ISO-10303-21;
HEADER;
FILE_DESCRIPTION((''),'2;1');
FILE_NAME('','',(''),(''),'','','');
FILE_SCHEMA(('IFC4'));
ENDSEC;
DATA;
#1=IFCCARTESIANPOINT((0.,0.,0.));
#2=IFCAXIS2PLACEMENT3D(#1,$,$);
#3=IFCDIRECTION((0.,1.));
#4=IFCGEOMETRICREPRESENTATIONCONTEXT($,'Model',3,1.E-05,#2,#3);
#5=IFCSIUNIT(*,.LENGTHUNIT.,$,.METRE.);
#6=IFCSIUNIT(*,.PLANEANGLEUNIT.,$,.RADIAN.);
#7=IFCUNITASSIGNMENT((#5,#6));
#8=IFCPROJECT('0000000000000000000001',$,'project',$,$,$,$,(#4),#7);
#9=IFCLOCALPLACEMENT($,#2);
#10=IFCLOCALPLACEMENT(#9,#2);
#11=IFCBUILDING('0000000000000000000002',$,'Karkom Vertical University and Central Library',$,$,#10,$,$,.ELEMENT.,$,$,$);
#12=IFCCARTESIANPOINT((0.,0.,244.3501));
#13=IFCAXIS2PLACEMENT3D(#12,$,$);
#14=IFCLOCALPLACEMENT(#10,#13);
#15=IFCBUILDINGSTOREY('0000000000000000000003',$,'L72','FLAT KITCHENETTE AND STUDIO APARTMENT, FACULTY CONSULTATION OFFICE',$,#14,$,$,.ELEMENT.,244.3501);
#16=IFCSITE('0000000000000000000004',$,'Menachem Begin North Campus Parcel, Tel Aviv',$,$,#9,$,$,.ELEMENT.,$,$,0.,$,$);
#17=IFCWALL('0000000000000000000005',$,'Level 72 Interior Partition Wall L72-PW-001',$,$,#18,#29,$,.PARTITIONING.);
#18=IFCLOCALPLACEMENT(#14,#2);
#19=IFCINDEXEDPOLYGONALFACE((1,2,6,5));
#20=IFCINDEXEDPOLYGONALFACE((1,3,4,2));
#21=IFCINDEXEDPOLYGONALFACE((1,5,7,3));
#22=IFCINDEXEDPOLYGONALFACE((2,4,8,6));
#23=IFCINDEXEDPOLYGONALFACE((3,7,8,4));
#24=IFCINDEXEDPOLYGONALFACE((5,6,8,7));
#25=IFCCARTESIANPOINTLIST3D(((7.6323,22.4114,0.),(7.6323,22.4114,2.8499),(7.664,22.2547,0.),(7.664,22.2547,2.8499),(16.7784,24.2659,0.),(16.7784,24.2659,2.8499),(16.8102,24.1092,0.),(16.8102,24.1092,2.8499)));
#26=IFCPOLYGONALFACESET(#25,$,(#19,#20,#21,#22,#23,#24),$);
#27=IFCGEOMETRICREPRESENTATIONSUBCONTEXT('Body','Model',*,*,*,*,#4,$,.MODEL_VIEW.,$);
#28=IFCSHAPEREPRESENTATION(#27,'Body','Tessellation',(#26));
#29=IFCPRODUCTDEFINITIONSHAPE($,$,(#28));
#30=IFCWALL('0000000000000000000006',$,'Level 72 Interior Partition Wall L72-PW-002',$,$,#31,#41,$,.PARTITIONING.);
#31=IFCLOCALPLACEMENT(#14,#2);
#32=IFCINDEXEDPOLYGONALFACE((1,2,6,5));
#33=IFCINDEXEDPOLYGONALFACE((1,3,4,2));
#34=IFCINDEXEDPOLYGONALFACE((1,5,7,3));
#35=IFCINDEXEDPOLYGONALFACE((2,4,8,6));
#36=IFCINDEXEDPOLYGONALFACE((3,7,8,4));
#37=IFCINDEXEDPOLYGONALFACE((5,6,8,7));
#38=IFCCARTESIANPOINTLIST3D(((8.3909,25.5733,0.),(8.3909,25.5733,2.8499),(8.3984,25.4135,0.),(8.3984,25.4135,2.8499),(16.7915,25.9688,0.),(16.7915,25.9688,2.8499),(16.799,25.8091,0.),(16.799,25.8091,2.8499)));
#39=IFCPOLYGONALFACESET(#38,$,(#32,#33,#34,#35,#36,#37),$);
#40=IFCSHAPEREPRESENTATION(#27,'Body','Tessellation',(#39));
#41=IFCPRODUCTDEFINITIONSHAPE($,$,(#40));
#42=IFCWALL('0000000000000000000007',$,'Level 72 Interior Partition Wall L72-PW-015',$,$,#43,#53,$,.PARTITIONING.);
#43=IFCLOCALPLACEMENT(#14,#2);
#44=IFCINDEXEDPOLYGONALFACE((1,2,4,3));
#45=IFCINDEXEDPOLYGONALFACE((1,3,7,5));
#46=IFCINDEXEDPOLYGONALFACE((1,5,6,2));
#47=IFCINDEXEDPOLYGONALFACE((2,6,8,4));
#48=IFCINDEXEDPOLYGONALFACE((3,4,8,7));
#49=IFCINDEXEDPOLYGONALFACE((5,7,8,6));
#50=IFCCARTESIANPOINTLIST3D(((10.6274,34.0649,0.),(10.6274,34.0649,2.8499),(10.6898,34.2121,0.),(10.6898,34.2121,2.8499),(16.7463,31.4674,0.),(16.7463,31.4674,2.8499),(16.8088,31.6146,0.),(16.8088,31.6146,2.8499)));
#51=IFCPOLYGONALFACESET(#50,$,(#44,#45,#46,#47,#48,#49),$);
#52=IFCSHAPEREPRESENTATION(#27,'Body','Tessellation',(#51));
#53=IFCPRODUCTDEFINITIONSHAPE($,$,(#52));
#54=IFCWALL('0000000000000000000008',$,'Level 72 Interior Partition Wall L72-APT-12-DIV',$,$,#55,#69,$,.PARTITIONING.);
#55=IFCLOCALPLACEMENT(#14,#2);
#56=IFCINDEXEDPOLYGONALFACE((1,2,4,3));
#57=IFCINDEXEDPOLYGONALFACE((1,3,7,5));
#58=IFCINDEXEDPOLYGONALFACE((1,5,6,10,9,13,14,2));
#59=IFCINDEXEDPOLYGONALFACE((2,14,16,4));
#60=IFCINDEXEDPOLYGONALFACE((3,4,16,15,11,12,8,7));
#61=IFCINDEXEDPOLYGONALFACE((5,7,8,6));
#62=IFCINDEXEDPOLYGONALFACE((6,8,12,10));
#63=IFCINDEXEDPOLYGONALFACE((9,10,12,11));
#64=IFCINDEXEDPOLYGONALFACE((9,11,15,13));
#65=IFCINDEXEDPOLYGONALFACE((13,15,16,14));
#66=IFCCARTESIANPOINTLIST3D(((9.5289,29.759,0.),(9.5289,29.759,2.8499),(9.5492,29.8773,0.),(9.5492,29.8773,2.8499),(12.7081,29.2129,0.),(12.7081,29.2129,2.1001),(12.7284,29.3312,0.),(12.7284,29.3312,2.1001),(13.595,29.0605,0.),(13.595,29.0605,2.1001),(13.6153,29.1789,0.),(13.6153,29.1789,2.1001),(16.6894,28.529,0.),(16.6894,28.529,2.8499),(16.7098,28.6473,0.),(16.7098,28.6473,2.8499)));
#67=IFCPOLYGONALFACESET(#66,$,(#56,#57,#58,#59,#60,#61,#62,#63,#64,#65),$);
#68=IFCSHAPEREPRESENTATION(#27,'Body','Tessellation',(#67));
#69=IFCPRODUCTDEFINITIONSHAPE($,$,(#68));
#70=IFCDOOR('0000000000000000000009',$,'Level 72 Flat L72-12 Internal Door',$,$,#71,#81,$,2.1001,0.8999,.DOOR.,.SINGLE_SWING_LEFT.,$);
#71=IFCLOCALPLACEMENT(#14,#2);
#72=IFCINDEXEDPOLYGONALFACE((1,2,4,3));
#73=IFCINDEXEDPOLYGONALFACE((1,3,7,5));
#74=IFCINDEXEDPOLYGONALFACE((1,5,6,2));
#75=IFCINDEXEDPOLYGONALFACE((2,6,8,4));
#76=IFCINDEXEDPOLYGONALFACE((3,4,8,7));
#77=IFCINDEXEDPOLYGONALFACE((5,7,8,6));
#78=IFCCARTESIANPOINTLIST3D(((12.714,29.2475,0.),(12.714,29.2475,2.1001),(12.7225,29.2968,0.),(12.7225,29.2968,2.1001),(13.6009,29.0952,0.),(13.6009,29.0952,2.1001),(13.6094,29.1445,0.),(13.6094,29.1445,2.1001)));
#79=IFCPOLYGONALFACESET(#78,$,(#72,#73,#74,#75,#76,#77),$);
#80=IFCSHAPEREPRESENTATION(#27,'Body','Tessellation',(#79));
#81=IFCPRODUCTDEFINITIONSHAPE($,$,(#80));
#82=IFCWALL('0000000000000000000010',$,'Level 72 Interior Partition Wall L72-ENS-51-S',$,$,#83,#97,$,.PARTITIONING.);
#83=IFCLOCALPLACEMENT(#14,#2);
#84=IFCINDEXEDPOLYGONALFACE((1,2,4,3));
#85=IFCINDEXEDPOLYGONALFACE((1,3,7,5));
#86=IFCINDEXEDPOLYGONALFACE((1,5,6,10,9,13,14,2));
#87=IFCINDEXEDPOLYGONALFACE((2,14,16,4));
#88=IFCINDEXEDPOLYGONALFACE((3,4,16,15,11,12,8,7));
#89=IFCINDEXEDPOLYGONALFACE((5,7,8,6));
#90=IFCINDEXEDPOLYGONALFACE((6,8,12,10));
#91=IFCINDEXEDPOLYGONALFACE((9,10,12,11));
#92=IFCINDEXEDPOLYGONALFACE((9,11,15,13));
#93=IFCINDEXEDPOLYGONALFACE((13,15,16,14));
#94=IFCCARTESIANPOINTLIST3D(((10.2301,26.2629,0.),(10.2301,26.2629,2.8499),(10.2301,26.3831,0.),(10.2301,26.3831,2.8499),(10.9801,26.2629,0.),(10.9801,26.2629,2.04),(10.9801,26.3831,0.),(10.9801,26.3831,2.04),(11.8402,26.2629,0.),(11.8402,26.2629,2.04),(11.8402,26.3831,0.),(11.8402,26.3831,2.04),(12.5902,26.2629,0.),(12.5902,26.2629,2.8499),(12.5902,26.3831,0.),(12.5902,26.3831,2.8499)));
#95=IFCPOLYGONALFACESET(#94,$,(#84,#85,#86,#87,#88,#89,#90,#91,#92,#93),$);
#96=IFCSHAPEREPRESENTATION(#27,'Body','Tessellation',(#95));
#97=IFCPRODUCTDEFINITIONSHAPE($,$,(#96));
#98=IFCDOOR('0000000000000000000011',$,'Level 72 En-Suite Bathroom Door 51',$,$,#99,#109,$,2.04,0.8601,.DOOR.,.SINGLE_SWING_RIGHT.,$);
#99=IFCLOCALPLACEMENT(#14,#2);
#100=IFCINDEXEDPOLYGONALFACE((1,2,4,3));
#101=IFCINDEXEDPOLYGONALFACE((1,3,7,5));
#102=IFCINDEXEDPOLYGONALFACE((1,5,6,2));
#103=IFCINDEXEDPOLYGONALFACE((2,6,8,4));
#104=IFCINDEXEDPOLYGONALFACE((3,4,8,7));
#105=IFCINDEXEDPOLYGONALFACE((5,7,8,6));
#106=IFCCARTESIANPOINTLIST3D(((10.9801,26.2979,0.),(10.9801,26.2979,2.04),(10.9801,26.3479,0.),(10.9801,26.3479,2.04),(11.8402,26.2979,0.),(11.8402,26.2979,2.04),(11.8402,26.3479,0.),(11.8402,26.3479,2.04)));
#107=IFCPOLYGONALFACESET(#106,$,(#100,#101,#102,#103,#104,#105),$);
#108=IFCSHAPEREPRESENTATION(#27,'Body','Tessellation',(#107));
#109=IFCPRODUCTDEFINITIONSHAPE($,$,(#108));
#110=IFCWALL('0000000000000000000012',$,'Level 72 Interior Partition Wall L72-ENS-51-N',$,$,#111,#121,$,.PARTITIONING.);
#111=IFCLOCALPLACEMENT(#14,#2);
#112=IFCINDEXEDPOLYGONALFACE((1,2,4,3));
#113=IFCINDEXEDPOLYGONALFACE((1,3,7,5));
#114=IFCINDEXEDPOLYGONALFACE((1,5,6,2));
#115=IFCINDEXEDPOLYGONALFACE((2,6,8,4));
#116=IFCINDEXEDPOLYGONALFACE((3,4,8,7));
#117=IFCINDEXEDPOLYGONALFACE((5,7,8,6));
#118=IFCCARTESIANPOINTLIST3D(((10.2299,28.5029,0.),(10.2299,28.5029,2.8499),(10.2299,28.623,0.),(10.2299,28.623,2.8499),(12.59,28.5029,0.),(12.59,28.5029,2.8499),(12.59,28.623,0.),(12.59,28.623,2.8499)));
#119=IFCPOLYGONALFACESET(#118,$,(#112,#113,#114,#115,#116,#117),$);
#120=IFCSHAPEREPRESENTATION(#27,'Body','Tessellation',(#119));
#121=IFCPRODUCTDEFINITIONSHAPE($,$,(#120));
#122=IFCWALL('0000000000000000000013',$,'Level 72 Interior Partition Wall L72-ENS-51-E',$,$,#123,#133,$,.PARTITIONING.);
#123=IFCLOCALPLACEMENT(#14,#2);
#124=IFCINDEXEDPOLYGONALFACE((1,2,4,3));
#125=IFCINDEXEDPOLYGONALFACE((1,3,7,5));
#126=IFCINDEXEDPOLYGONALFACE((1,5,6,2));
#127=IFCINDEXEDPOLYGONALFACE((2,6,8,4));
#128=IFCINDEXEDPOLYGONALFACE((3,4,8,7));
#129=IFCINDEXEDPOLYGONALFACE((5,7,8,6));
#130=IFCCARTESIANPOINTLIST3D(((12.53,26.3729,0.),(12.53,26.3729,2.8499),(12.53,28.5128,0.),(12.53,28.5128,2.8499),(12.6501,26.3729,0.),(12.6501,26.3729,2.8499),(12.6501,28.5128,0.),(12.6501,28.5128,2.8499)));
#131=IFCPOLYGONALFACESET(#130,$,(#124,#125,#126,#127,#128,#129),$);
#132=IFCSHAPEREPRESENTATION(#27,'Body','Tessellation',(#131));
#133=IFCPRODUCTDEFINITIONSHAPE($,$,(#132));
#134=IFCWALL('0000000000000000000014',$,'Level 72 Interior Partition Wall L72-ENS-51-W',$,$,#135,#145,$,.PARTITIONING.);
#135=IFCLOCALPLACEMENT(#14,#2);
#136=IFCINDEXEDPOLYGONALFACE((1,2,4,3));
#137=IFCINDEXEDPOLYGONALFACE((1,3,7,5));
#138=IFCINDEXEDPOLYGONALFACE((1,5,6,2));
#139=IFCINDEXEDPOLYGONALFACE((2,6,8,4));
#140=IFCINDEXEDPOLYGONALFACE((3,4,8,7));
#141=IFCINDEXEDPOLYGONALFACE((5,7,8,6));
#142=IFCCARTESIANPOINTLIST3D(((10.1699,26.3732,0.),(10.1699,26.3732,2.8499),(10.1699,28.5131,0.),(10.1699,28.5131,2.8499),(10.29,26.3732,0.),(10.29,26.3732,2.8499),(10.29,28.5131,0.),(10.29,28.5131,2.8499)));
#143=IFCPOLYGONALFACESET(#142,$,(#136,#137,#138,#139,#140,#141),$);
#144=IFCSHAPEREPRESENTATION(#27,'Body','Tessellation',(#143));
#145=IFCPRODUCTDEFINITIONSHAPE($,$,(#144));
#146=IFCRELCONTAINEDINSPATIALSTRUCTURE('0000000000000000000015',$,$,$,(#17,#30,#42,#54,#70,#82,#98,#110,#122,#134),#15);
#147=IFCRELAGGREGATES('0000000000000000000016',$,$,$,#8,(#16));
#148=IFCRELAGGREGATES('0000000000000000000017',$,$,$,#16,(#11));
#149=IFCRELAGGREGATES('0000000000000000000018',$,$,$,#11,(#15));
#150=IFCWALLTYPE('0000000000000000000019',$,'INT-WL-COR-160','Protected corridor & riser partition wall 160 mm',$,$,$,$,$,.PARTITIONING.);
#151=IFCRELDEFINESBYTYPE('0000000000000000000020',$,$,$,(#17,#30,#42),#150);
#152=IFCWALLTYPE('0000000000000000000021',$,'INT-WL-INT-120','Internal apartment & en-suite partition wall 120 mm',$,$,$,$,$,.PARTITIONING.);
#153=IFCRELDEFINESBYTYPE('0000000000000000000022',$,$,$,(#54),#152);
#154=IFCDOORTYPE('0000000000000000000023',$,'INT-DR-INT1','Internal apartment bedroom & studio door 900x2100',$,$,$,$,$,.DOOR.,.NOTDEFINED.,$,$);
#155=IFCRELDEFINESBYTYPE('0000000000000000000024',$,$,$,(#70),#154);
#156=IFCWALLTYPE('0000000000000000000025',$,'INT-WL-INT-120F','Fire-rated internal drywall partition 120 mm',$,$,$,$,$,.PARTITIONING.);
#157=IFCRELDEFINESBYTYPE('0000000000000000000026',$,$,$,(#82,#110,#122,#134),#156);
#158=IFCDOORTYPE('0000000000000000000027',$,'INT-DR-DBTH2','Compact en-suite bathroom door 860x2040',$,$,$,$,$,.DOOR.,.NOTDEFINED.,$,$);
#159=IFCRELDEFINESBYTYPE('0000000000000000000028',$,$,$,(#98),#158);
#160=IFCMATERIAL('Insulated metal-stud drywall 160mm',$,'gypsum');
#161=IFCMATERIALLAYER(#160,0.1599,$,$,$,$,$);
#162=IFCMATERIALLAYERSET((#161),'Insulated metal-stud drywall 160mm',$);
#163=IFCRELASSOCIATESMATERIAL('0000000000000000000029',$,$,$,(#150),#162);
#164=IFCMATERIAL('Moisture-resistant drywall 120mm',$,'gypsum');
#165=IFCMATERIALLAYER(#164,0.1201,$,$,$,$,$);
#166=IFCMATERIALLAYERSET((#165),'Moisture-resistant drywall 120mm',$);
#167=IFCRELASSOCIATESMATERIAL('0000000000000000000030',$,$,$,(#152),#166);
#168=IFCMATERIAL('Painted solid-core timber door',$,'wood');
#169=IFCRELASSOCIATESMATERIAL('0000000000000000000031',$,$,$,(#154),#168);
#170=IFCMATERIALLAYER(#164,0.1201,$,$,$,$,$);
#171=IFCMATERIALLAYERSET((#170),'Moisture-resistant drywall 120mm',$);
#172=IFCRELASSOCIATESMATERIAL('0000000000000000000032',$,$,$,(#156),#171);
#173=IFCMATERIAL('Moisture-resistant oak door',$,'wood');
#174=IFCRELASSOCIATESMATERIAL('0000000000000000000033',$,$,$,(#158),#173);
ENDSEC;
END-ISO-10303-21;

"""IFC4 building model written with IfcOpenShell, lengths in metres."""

from ifc_helpers import new_model, si_unit, direction, frame, frame_2d, origin, origin_with_axes, place, context, subcontext, project, spatial, rectangle, extrude, source, transform, mapped, material, layer, layer_set, type_object, element, fill, save


model = new_model("IFC4")

# Units and contexts
model_context = context("Model", 3, precision=1e-05, world=origin(), true_north=direction((0.0, 1.0)))
body_context = subcontext(model_context, "Body", "Model", "MODEL_VIEW")
ifc_project = project(units=[si_unit("LENGTHUNIT", "METRE"), si_unit("PLANEANGLEUNIT", "RADIAN")], contexts=[model_context])

# Site, building, storey
site_placement = place(None, origin())
site = spatial("IfcSite", under=ifc_project, at=site_placement, Name="Menachem Begin North Campus Parcel, Tel Aviv", CompositionType="ELEMENT", RefElevation=0.0)
building_placement = place(site_placement, origin())
building = spatial("IfcBuilding", under=site, at=building_placement, Name="Karkom Vertical University and Central Library", CompositionType="ELEMENT")
storey_placement = place(building_placement, frame((0.0, 0.0, 244.3501)))
storey = spatial("IfcBuildingStorey", under=building, at=storey_placement, Name="L72", Description="FLAT KITCHENETTE AND STUDIO APARTMENT, FACULTY CONSULTATION OFFICE", CompositionType="ELEMENT", Elevation=244.3501)

# Walls
ifc_material_1 = material(Name="Insulated metal-stud drywall 160mm", Category="gypsum")
ifc_layer_1 = layer(ifc_material_1, 0.1599)
ifc_layer_set_1 = layer_set([ifc_layer_1], Name="Insulated metal-stud drywall 160mm")
wall_type_1 = type_object("IfcWallType", Name="INT-WL-COR-160", Description="Protected corridor & riser partition wall 160 mm", PredefinedType="PARTITIONING", material=ifc_layer_set_1)
wall_1_placement = place(storey_placement, frame((16.7942, 24.1875, 0.0), z_axis=(0.0, 0.0, 1.0), x_axis=(-0.980057, -0.198716, 0.0)))
element("IfcWall", 1, at=wall_1_placement, inside=storey, type_object=wall_type_1, Name="Level 72 Interior Partition Wall L72-PW-001", PredefinedType="PARTITIONING", context=body_context, shape_type="SweptSolid", body=[
    extrude(rectangle(XDim=9.3323, YDim=0.1599, at=frame_2d((4.666, 0.0))), origin(), (0.0, 0.0, 1.0), 2.8499),
])
wall_2_placement = place(storey_placement, frame((8.3945, 25.4934, 0.0), z_axis=(0.0, 0.0, 1.0), x_axis=(0.998894, 0.047029, 0.0)))
element("IfcWall", 2, at=wall_2_placement, inside=storey, type_object=wall_type_1, Name="Level 72 Interior Partition Wall L72-PW-002", PredefinedType="PARTITIONING", context=body_context, shape_type="SweptSolid", body=[
    extrude(rectangle(XDim=8.4099, YDim=0.1599, at=frame_2d((4.2051, 0.0))), origin(), (0.0, 0.0, 1.0), 2.8499),
])
wall_3_placement = place(storey_placement, frame((16.7776, 31.541, 0.0), z_axis=(0.0, 0.0, 1.0), x_axis=(-0.9205, 0.390743, 0.0)))
element("IfcWall", 3, at=wall_3_placement, inside=storey, type_object=wall_type_1, Name="Level 72 Interior Partition Wall L72-PW-015", PredefinedType="PARTITIONING", context=body_context, shape_type="SweptSolid", body=[
    extrude(rectangle(XDim=6.6475, YDim=0.1599, at=frame_2d((3.3237, 0.0))), origin(), (0.0, 0.0, 1.0), 2.8499),
])

# Walls, openings, doors
ifc_material_2 = material(Name="Moisture-resistant drywall 120mm", Category="gypsum")
ifc_layer_2 = layer(ifc_material_2, 0.1201)
ifc_layer_set_2 = layer_set([ifc_layer_2], Name="Moisture-resistant drywall 120mm")
wall_type_2 = type_object("IfcWallType", Name="INT-WL-INT-120", Description="Internal apartment & en-suite partition wall 120 mm", PredefinedType="PARTITIONING", material=ifc_layer_set_2)
wall_4_placement = place(storey_placement, frame((16.6997, 28.5881, 0.0), z_axis=(0.0, 0.0, 1.0), x_axis=(-0.985565, 0.169296, 0.0)))
wall_4 = element("IfcWall", 4, at=wall_4_placement, inside=storey, type_object=wall_type_2, Name="Level 72 Interior Partition Wall L72-APT-12-DIV", PredefinedType="PARTITIONING", context=body_context, shape_type="SweptSolid", body=[
    extrude(rectangle(XDim=7.2654, YDim=0.1201, at=frame_2d((3.6328, 0.0))), origin(), (0.0, 0.0, 1.0), 2.8499),
])
opening_1_placement = place(wall_4_placement, frame((3.1399, 0.0, 0.0)))
opening_1 = element("IfcOpeningElement", 5, at=opening_1_placement, cuts=wall_4, PredefinedType="OPENING", context=body_context, shape_type="SweptSolid", body=[
    extrude(rectangle(XDim=0.8999, YDim=2.1001, at=frame_2d((0.45, 1.05))), frame((0.0, 0.0701, 0.0), z_axis=(0.0, -1.0, 0.0), x_axis=(1.0, 0.0, 0.0)), (0.0, 0.0, 1.0), 0.1401),
])
ifc_material_3 = material(Name="Painted solid-core timber door", Category="wood")
door_type_1 = type_object("IfcDoorType", Name="INT-DR-INT1", Description="Internal apartment bedroom & studio door 900x2100", OperationType="NOTDEFINED", PredefinedType="DOOR", material=ifc_material_3)
shared_shape_1 = source(origin_with_axes(), body_context, "Body", "SweptSolid", [
    extrude(rectangle(XDim=0.8999, YDim=2.1001, at=frame_2d((0.45, 1.05))), frame((0.0, 0.0249, 0.0), z_axis=(0.0, -1.0, 0.0), x_axis=(1.0, 0.0, 0.0)), (0.0, 0.0, 1.0), 0.05),
])
door_1_placement = place(opening_1_placement, origin())
door_1 = element("IfcDoor", 6, at=door_1_placement, inside=storey, type_object=door_type_1, Name="Level 72 Flat L72-12 Internal Door", OperationType="SINGLE_SWING_LEFT", OverallHeight=2.1001, OverallWidth=0.8999, PredefinedType="DOOR", context=body_context, shape_type="MappedRepresentation", body=[
    mapped(shared_shape_1, transform((0.0, 0.0, 0.0), scale=1.0)),
])
fill(opening_1, door_1)
ifc_layer_3 = layer(ifc_material_2, 0.1201)
ifc_layer_set_3 = layer_set([ifc_layer_3], Name="Moisture-resistant drywall 120mm")
wall_type_3 = type_object("IfcWallType", Name="INT-WL-INT-120F", Description="Fire-rated internal drywall partition 120 mm", PredefinedType="PARTITIONING", material=ifc_layer_set_3)
wall_5_placement = place(storey_placement, frame((10.23, 26.323, 0.0), z_axis=(0.0, 0.0, 1.0), x_axis=(1.0, 0.0, 0.0)))
wall_5 = element("IfcWall", 7, at=wall_5_placement, inside=storey, type_object=wall_type_3, Name="Level 72 Interior Partition Wall L72-ENS-51-S", PredefinedType="PARTITIONING", context=body_context, shape_type="SweptSolid", body=[
    extrude(rectangle(XDim=2.3601, YDim=0.1201, at=frame_2d((1.1802, 0.0))), origin(), (0.0, 0.0, 1.0), 2.8499),
])
opening_2_placement = place(wall_5_placement, frame((0.75, 0.0, 0.0)))
opening_2 = element("IfcOpeningElement", 8, at=opening_2_placement, cuts=wall_5, PredefinedType="OPENING", context=body_context, shape_type="SweptSolid", body=[
    extrude(rectangle(XDim=0.8601, YDim=2.04, at=frame_2d((0.4302, 1.02))), frame((0.0, 0.0701, 0.0), z_axis=(0.0, -1.0, 0.0), x_axis=(1.0, 0.0, 0.0)), (0.0, 0.0, 1.0), 0.1401),
])
ifc_material_4 = material(Name="Moisture-resistant oak door", Category="wood")
door_type_2 = type_object("IfcDoorType", Name="INT-DR-DBTH2", Description="Compact en-suite bathroom door 860x2040", OperationType="NOTDEFINED", PredefinedType="DOOR", material=ifc_material_4)
shared_shape_2 = source(origin_with_axes(), body_context, "Body", "SweptSolid", [
    extrude(rectangle(XDim=0.8601, YDim=2.04, at=frame_2d((0.4302, 1.02))), frame((0.0, 0.0249, 0.0), z_axis=(0.0, -1.0, 0.0), x_axis=(1.0, 0.0, 0.0)), (0.0, 0.0, 1.0), 0.05),
])
door_2_placement = place(opening_2_placement, origin())
door_2 = element("IfcDoor", 9, at=door_2_placement, inside=storey, type_object=door_type_2, Name="Level 72 En-Suite Bathroom Door 51", OperationType="SINGLE_SWING_RIGHT", OverallHeight=2.04, OverallWidth=0.8601, PredefinedType="DOOR", context=body_context, shape_type="MappedRepresentation", body=[
    mapped(shared_shape_2, transform((0.0, 0.0, 0.0), scale=1.0)),
])
fill(opening_2, door_2)

# Walls
wall_6_placement = place(storey_placement, frame((12.5901, 28.563, 0.0), z_axis=(0.0, 0.0, 1.0), x_axis=(-1.0, 0.0, 0.0)))
element("IfcWall", 10, at=wall_6_placement, inside=storey, type_object=wall_type_3, Name="Level 72 Interior Partition Wall L72-ENS-51-N", PredefinedType="PARTITIONING", context=body_context, shape_type="SweptSolid", body=[
    extrude(rectangle(XDim=2.3601, YDim=0.1201, at=frame_2d((1.1802, 0.0))), origin(), (0.0, 0.0, 1.0), 2.8499),
])
for number, where, z_axis, x_axis, name in (
    (11, (12.5901, 26.373, 0.0), (0.0, 0.0, 1.0), (0.0, 1.0, 0.0), "Level 72 Interior Partition Wall L72-ENS-51-E"),
    (12, (10.23, 28.5129, 0.0), (0.0, 0.0, 1.0), (0.0, -1.0, 0.0), "Level 72 Interior Partition Wall L72-ENS-51-W"),
):
    element("IfcWall", number, at=place(storey_placement, frame(where, z_axis=z_axis, x_axis=x_axis)), inside=storey, type_object=wall_type_3, Name=name, PredefinedType="PARTITIONING", context=body_context, shape_type="SweptSolid", body=[
        extrude(rectangle(XDim=2.1399, YDim=0.1201, at=frame_2d((1.0698, 0.0))), origin(), (0.0, 0.0, 1.0), 2.8499),
    ])

save(model, "model.ifc")
